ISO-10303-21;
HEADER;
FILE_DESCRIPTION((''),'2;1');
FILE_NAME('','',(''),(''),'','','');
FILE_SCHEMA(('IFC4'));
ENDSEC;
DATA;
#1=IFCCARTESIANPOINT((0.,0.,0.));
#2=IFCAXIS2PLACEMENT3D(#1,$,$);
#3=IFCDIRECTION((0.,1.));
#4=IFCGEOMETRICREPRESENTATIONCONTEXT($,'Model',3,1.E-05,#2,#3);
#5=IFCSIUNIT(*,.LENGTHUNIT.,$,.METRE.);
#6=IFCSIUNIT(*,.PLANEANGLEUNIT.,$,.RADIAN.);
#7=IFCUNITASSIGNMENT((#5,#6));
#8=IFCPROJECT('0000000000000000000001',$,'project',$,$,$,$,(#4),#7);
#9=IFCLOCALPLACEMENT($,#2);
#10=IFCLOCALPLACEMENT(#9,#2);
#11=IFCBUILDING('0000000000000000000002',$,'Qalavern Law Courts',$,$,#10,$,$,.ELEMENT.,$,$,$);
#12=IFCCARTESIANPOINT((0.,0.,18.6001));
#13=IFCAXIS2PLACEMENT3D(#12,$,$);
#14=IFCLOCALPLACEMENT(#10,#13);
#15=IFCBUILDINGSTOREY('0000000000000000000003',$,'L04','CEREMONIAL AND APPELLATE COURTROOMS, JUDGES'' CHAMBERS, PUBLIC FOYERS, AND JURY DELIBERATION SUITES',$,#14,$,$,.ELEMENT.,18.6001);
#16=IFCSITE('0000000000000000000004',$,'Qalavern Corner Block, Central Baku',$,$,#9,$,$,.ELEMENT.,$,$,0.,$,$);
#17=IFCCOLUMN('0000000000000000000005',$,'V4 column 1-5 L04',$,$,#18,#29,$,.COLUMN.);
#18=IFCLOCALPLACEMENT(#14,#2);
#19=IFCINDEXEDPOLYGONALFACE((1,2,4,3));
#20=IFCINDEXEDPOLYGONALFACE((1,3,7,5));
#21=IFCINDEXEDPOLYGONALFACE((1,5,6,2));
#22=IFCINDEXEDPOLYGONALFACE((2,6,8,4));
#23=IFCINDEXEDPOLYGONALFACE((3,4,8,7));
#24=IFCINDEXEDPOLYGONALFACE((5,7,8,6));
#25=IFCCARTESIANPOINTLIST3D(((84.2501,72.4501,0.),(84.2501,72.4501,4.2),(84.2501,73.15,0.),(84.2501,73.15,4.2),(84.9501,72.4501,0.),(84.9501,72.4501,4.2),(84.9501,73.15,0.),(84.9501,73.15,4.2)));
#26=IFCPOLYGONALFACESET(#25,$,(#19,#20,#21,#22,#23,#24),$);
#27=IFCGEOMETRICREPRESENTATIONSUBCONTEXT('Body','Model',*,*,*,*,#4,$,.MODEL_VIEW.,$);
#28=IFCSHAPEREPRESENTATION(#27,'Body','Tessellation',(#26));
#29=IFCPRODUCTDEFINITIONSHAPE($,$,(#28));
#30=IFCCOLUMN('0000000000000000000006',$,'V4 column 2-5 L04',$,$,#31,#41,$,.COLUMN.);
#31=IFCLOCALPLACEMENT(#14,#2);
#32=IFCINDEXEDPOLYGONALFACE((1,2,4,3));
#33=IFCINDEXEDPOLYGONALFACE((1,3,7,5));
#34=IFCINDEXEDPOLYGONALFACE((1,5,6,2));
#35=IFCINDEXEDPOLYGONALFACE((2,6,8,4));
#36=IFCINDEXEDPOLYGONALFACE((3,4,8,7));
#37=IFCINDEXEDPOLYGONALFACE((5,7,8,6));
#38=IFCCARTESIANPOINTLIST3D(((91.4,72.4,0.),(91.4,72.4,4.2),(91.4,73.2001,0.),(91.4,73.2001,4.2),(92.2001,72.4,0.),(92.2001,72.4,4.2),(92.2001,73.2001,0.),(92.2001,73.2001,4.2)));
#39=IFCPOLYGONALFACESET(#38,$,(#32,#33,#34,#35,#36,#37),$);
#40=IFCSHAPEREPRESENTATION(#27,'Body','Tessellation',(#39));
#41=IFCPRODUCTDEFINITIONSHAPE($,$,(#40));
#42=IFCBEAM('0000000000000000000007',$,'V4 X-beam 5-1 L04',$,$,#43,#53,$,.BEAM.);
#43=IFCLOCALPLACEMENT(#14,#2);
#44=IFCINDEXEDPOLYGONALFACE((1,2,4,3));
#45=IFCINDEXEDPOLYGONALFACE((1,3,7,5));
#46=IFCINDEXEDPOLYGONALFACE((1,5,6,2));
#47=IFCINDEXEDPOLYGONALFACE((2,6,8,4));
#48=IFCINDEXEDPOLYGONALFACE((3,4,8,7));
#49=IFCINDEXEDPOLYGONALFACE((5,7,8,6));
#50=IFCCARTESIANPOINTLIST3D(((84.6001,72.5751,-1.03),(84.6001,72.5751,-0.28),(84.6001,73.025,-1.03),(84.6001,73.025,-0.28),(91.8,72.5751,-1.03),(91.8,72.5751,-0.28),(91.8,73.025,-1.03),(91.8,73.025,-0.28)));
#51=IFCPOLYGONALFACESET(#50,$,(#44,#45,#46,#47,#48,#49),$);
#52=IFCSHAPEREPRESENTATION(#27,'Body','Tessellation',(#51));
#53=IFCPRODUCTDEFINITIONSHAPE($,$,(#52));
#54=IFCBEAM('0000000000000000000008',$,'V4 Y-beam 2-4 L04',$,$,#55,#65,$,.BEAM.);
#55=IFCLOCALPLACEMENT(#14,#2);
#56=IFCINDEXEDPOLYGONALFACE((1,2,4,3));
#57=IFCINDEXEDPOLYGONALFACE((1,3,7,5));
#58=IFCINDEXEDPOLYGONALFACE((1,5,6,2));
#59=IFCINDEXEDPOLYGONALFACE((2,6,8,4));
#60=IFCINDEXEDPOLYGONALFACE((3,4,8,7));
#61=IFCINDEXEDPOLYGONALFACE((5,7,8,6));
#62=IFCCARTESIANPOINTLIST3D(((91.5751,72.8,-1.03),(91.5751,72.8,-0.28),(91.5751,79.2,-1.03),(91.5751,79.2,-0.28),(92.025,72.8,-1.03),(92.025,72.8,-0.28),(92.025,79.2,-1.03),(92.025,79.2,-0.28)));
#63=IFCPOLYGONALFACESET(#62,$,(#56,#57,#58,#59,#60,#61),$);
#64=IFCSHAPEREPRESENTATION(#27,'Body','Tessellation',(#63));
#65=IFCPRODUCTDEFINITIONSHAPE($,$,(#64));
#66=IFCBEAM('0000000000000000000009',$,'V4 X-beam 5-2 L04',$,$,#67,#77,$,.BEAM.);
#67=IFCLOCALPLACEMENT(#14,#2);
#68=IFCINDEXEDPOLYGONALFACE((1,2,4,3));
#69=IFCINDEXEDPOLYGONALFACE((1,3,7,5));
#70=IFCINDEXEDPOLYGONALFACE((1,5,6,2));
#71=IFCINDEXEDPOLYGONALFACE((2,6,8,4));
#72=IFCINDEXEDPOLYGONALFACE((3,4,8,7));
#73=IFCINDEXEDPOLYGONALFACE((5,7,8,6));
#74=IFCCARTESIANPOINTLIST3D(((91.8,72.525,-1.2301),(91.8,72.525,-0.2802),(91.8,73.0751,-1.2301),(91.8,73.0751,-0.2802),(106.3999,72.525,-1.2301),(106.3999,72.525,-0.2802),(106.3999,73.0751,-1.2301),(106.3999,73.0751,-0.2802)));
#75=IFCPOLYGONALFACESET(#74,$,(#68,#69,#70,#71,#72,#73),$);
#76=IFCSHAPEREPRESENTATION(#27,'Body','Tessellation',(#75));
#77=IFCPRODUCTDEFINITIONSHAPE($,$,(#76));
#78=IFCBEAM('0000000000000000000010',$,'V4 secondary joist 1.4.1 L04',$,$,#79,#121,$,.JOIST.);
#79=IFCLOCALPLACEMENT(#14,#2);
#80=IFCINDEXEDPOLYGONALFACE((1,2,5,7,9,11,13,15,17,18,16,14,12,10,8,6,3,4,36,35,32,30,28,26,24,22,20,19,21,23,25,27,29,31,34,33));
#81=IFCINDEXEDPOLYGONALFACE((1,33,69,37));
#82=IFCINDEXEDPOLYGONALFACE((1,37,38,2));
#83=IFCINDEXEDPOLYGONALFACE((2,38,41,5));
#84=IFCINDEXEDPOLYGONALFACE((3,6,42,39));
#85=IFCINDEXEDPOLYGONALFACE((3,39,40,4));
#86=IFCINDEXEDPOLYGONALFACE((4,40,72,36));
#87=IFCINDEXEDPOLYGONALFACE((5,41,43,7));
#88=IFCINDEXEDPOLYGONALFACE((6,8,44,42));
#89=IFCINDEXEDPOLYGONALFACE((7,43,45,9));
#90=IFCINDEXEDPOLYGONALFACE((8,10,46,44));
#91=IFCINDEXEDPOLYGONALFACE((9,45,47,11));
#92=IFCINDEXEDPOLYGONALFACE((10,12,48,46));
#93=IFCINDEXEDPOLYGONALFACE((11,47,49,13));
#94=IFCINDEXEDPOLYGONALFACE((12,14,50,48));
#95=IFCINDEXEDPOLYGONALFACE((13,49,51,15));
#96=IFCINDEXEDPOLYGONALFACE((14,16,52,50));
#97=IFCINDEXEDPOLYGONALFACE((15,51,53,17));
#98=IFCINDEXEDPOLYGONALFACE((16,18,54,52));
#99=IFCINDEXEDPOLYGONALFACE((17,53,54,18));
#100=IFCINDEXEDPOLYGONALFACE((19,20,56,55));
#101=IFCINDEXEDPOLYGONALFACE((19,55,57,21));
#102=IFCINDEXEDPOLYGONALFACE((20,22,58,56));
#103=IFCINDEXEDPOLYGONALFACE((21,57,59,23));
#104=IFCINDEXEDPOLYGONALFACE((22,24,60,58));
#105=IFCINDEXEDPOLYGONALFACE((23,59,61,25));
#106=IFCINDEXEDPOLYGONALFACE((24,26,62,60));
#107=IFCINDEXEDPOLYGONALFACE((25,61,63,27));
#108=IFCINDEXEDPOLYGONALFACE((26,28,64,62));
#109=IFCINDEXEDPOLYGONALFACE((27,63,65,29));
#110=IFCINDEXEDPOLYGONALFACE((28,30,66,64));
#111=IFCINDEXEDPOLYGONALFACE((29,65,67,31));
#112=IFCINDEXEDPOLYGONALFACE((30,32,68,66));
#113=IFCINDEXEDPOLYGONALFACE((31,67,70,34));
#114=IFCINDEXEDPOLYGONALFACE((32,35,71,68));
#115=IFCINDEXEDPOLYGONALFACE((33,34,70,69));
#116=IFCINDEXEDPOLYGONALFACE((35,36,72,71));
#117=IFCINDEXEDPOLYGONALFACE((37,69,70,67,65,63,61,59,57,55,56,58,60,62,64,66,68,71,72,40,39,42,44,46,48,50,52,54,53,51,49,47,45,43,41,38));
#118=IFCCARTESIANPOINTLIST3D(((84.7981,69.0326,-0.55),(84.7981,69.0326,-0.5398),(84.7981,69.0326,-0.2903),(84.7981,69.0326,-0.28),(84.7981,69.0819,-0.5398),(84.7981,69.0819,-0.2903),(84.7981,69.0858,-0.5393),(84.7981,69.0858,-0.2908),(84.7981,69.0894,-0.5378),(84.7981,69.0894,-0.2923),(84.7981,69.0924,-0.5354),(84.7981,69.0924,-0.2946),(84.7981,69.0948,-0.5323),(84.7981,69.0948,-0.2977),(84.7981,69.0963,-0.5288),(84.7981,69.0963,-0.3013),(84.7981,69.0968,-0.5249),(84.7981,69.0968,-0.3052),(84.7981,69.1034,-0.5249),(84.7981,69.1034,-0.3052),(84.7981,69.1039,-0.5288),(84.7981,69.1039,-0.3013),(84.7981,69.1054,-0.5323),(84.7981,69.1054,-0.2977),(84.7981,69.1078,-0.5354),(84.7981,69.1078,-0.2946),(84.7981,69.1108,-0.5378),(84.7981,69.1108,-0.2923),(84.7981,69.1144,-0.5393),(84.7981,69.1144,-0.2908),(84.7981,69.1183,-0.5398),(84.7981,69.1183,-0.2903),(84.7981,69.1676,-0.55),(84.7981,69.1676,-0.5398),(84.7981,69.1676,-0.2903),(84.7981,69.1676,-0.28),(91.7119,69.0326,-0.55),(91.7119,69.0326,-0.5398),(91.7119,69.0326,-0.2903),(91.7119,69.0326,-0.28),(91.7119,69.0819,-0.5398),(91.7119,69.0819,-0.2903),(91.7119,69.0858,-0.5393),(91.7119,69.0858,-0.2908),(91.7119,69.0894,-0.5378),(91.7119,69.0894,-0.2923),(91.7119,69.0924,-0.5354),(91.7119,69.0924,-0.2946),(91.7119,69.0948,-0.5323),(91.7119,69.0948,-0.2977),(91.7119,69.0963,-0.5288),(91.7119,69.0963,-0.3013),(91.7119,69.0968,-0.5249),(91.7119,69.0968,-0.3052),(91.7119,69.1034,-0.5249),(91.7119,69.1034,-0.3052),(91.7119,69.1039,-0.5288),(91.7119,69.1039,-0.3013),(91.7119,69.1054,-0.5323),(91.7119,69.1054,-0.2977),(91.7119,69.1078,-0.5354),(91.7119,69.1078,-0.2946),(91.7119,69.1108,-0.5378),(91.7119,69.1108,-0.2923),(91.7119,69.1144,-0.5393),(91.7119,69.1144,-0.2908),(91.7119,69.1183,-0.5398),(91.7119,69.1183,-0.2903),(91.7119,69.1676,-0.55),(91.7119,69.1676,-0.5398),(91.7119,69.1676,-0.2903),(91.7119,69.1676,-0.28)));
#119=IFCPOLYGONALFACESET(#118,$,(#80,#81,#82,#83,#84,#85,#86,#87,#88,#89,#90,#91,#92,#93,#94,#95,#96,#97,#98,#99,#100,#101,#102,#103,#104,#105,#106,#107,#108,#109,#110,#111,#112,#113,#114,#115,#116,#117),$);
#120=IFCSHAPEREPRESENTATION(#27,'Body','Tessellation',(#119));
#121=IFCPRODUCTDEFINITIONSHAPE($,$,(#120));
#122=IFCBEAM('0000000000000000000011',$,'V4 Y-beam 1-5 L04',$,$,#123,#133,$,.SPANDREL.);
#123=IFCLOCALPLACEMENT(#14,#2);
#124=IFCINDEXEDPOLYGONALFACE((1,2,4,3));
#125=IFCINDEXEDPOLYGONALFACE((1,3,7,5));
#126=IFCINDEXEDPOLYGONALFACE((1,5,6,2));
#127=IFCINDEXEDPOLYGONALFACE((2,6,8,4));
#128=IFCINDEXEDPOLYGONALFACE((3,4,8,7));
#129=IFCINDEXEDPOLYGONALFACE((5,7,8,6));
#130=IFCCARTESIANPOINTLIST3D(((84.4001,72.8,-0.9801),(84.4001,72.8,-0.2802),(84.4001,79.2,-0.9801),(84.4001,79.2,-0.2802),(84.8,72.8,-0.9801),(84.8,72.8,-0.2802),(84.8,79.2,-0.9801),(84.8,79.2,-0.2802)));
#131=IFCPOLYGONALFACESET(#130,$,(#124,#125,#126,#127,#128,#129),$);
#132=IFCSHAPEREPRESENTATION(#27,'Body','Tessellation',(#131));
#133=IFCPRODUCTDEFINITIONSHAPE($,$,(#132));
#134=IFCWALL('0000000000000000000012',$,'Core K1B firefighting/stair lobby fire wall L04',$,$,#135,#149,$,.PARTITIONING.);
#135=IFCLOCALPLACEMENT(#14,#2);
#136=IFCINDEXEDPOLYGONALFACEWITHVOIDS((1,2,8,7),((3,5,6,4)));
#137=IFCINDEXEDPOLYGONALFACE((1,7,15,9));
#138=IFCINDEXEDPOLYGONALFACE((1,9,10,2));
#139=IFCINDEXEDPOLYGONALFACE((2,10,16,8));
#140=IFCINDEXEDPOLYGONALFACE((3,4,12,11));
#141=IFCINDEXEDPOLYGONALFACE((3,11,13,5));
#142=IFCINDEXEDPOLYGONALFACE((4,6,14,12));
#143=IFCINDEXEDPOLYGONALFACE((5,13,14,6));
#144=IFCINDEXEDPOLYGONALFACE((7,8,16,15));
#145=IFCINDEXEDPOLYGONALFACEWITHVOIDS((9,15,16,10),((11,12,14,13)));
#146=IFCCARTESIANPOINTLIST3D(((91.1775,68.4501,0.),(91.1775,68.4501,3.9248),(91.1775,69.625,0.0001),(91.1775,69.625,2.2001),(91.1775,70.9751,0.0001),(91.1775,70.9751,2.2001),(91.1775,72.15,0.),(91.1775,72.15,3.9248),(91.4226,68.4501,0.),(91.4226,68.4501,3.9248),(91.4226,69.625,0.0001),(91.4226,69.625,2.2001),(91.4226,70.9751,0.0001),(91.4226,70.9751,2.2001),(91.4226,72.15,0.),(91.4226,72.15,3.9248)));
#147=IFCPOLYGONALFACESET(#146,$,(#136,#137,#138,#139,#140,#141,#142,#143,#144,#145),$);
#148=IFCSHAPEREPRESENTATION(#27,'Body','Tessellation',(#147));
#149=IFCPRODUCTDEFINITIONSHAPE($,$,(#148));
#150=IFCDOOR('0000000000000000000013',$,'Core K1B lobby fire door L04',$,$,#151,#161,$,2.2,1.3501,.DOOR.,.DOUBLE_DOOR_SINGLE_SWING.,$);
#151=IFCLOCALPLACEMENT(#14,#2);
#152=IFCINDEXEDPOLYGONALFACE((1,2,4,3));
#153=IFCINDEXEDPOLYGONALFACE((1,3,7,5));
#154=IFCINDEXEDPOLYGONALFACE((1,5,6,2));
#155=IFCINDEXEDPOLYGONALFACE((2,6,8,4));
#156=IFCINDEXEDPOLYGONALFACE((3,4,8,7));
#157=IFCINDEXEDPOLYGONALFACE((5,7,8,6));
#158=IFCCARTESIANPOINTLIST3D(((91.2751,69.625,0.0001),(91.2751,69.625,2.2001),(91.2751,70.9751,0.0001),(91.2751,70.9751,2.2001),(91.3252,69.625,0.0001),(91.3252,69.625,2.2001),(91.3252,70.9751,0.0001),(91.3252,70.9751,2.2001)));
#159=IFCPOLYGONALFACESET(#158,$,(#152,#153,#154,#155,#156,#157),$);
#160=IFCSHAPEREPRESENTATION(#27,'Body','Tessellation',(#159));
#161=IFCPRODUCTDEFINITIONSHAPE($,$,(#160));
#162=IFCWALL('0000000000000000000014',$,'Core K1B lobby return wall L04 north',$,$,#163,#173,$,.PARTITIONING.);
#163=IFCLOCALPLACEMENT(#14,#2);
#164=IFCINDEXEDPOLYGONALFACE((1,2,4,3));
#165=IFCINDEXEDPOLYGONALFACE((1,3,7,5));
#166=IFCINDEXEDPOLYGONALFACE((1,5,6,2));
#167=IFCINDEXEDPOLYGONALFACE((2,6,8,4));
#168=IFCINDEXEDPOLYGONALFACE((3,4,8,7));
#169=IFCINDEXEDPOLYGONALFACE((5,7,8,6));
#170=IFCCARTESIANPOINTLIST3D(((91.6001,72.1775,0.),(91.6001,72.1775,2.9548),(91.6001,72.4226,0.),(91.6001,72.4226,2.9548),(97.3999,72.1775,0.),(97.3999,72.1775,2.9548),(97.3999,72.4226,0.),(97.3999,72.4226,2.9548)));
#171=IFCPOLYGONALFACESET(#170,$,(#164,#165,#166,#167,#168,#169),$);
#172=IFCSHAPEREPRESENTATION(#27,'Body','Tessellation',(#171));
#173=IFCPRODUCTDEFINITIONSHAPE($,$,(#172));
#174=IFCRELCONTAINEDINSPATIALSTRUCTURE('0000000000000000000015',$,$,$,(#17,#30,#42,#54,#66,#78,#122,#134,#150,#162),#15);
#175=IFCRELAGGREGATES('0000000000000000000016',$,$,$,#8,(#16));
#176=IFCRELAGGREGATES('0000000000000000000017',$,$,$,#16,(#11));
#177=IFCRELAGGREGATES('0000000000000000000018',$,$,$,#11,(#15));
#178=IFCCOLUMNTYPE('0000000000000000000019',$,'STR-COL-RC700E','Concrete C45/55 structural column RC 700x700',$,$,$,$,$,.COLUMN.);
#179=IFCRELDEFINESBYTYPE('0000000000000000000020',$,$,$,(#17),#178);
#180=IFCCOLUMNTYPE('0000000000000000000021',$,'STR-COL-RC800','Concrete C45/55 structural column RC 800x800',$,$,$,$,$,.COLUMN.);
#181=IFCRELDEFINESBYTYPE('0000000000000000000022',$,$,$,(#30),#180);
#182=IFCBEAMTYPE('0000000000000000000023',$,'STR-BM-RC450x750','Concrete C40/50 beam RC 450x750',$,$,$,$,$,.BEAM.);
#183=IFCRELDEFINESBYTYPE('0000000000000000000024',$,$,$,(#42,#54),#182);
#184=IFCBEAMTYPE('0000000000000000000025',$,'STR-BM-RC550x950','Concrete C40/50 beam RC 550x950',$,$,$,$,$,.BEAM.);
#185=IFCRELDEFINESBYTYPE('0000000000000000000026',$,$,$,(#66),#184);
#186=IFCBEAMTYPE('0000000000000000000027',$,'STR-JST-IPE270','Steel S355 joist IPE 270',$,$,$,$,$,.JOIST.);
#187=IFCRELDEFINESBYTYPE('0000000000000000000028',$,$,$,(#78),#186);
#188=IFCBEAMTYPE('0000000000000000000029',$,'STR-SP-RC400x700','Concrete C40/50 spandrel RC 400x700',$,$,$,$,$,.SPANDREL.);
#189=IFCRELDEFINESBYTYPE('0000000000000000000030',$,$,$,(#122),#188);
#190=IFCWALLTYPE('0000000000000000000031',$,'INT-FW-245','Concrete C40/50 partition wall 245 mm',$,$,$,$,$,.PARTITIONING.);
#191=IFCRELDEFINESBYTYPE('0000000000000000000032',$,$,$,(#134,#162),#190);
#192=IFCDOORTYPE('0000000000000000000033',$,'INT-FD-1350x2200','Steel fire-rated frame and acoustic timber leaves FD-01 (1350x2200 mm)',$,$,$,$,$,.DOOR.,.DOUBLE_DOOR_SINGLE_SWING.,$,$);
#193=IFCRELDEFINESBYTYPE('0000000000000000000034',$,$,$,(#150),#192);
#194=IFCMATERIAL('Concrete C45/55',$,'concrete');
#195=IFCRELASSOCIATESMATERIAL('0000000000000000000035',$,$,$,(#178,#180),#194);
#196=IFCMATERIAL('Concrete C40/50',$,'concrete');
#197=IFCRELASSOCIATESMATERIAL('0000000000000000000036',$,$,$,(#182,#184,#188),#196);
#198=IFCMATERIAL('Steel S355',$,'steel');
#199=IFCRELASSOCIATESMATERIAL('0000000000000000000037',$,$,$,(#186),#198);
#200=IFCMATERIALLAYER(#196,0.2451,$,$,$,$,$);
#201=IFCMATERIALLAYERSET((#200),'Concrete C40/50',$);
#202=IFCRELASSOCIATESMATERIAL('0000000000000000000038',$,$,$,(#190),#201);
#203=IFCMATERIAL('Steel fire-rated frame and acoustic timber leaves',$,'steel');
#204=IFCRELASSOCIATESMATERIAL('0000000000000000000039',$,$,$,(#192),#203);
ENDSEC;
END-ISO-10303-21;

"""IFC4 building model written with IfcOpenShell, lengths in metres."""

from ifc_helpers import new_model, si_unit, direction, frame, frame_2d, origin, origin_2d, place, context, subcontext, project, spatial, rectangle, i_section, extrude, material, layer, layer_set, material_profile, profile_set, type_object, element, fill, save


model = new_model("IFC4")

# Units and contexts
model_context = context("Model", 3, precision=1e-05, world=origin(), true_north=direction((0.0, 1.0)))
body_context = subcontext(model_context, "Body", "Model", "MODEL_VIEW")
ifc_project = project(units=[si_unit("LENGTHUNIT", "METRE"), si_unit("PLANEANGLEUNIT", "RADIAN")], contexts=[model_context])

# Site, building, storey
site_placement = place(None, origin())
site = spatial("IfcSite", under=ifc_project, at=site_placement, Name="Qalavern Corner Block, Central Baku", CompositionType="ELEMENT", RefElevation=0.0)
building_placement = place(site_placement, origin())
building = spatial("IfcBuilding", under=site, at=building_placement, Name="Qalavern Law Courts", CompositionType="ELEMENT")
storey_placement = place(building_placement, frame((0.0, 0.0, 18.6001)))
storey = spatial("IfcBuildingStorey", under=building, at=storey_placement, Name="L04", Description="CEREMONIAL AND APPELLATE COURTROOMS, JUDGES' CHAMBERS, PUBLIC FOYERS, AND JURY DELIBERATION SUITES", CompositionType="ELEMENT", Elevation=18.6001)

# Columns
ifc_material_1 = material(Name="Concrete C45/55", Category="concrete")
ifc_material_profile_1 = material_profile(ifc_material_1, rectangle(XDim=0.7, YDim=0.7, at=origin_2d()), Name="RC 700x700")
ifc_profile_set_1 = profile_set([ifc_material_profile_1], Name="Concrete C45/55")
column_type_1 = type_object("IfcColumnType", Name="STR-COL-RC700E", Description="Concrete C45/55 structural column RC 700x700", PredefinedType="COLUMN", material=ifc_profile_set_1)
column_1_placement = place(storey_placement, frame((84.6001, 72.8, 0.0), z_axis=(0.0, 0.0, 1.0), x_axis=(1.0, 0.0, 0.0)))
element("IfcColumn", 1, at=column_1_placement, inside=storey, type_object=column_type_1, Name="V4 column 1-5 L04", PredefinedType="COLUMN", context=body_context, shape_type="SweptSolid", body=[
    extrude(rectangle(XDim=0.7, YDim=0.7, at=origin_2d()), origin(), (0.0, 0.0, 1.0), 4.2),
])
ifc_material_profile_2 = material_profile(ifc_material_1, rectangle(XDim=0.8, YDim=0.8, at=origin_2d()), Name="RC 800x800")
ifc_profile_set_2 = profile_set([ifc_material_profile_2], Name="Concrete C45/55")
column_type_2 = type_object("IfcColumnType", Name="STR-COL-RC800", Description="Concrete C45/55 structural column RC 800x800", PredefinedType="COLUMN", material=ifc_profile_set_2)
column_2_placement = place(storey_placement, frame((91.8, 72.8, 0.0), z_axis=(0.0, 0.0, 1.0), x_axis=(1.0, 0.0, 0.0)))
element("IfcColumn", 2, at=column_2_placement, inside=storey, type_object=column_type_2, Name="V4 column 2-5 L04", PredefinedType="COLUMN", context=body_context, shape_type="SweptSolid", body=[
    extrude(rectangle(XDim=0.8, YDim=0.8, at=origin_2d()), origin(), (0.0, 0.0, 1.0), 4.2),
])

# Beams
ifc_material_2 = material(Name="Concrete C40/50", Category="concrete")
ifc_material_profile_3 = material_profile(ifc_material_2, rectangle(XDim=0.45, YDim=0.75, at=origin_2d()), Name="RC 450x750")
ifc_profile_set_3 = profile_set([ifc_material_profile_3], Name="Concrete C40/50")
beam_type_1 = type_object("IfcBeamType", Name="STR-BM-RC450x750", Description="Concrete C40/50 beam RC 450x750", PredefinedType="BEAM", material=ifc_profile_set_3)
beam_1_placement = place(storey_placement, frame((84.6001, 72.8, -0.655), z_axis=(1.0, 0.0, 0.0), x_axis=(0.0, 1.0, 0.0)))
element("IfcBeam", 3, at=beam_1_placement, inside=storey, type_object=beam_type_1, Name="V4 X-beam 5-1 L04", PredefinedType="BEAM", context=body_context, shape_type="SweptSolid", body=[
    extrude(rectangle(XDim=0.45, YDim=0.75, at=origin_2d()), origin(), (0.0, 0.0, 1.0), 7.2),
])
beam_2_placement = place(storey_placement, frame((91.8, 72.8, -0.655), z_axis=(0.0, 1.0, 0.0), x_axis=(-1.0, 0.0, 0.0)))
element("IfcBeam", 4, at=beam_2_placement, inside=storey, type_object=beam_type_1, Name="V4 Y-beam 2-4 L04", PredefinedType="BEAM", context=body_context, shape_type="SweptSolid", body=[
    extrude(rectangle(XDim=0.45, YDim=0.75, at=origin_2d()), origin(), (0.0, 0.0, 1.0), 6.3999),
])
ifc_material_profile_4 = material_profile(ifc_material_2, rectangle(XDim=0.55, YDim=0.95, at=origin_2d()), Name="RC 550x950")
ifc_profile_set_4 = profile_set([ifc_material_profile_4], Name="Concrete C40/50")
beam_type_2 = type_object("IfcBeamType", Name="STR-BM-RC550x950", Description="Concrete C40/50 beam RC 550x950", PredefinedType="BEAM", material=ifc_profile_set_4)
beam_3_placement = place(storey_placement, frame((91.8, 72.8, -0.7551), z_axis=(1.0, 0.0, 0.0), x_axis=(0.0, 1.0, 0.0)))
element("IfcBeam", 5, at=beam_3_placement, inside=storey, type_object=beam_type_2, Name="V4 X-beam 5-2 L04", PredefinedType="BEAM", context=body_context, shape_type="SweptSolid", body=[
    extrude(rectangle(XDim=0.55, YDim=0.95, at=origin_2d()), origin(), (0.0, 0.0, 1.0), 14.5999),
])
ifc_material_3 = material(Name="Steel S355", Category="steel")
ifc_material_profile_5 = material_profile(ifc_material_3, i_section(OverallWidth=0.135, OverallDepth=0.27, WebThickness=0.0066, FlangeThickness=0.0103, FilletRadius=0.0149, at=origin_2d()), Name="IPE 270")
ifc_profile_set_5 = profile_set([ifc_material_profile_5], Name="Steel S355")
beam_type_3 = type_object("IfcBeamType", Name="STR-JST-IPE270", Description="Steel S355 joist IPE 270", PredefinedType="JOIST", material=ifc_profile_set_5)
beam_4_placement = place(storey_placement, frame((84.7981, 69.1001, -0.415), z_axis=(1.0, 0.0, 0.0), x_axis=(0.0, 1.0, 0.0)))
element("IfcBeam", 6, at=beam_4_placement, inside=storey, type_object=beam_type_3, Name="V4 secondary joist 1.4.1 L04", PredefinedType="JOIST", context=body_context, shape_type="SweptSolid", body=[
    extrude(i_section(OverallWidth=0.135, OverallDepth=0.27, WebThickness=0.0066, FlangeThickness=0.0103, FilletRadius=0.0149, at=origin_2d()), origin(), (0.0, 0.0, 1.0), 6.9138),
])
ifc_material_profile_6 = material_profile(ifc_material_2, rectangle(XDim=0.3999, YDim=0.7, at=origin_2d()), Name="RC 400x700")
ifc_profile_set_6 = profile_set([ifc_material_profile_6], Name="Concrete C40/50")
beam_type_4 = type_object("IfcBeamType", Name="STR-SP-RC400x700", Description="Concrete C40/50 spandrel RC 400x700", PredefinedType="SPANDREL", material=ifc_profile_set_6)
beam_5_placement = place(storey_placement, frame((84.6001, 72.8, -0.6301), z_axis=(0.0, 1.0, 0.0), x_axis=(-1.0, 0.0, 0.0)))
element("IfcBeam", 7, at=beam_5_placement, inside=storey, type_object=beam_type_4, Name="V4 Y-beam 1-5 L04", PredefinedType="SPANDREL", context=body_context, shape_type="SweptSolid", body=[
    extrude(rectangle(XDim=0.3999, YDim=0.7, at=origin_2d()), origin(), (0.0, 0.0, 1.0), 6.3999),
])

# Wall, opening, door
ifc_layer_1 = layer(ifc_material_2, 0.2451)
ifc_layer_set_1 = layer_set([ifc_layer_1], Name="Concrete C40/50")
wall_type_1 = type_object("IfcWallType", Name="INT-FW-245", Description="Concrete C40/50 partition wall 245 mm", PredefinedType="PARTITIONING", material=ifc_layer_set_1)
wall_1_placement = place(storey_placement, frame((91.3, 68.45, 0.0), z_axis=(0.0, 0.0, 1.0), x_axis=(0.0, 1.0, 0.0)))
wall_1 = element("IfcWall", 8, at=wall_1_placement, inside=storey, type_object=wall_type_1, Name="Core K1B firefighting/stair lobby fire wall L04", PredefinedType="PARTITIONING", context=body_context, shape_type="SweptSolid", body=[
    extrude(rectangle(XDim=3.7, YDim=0.2451, at=frame_2d((1.8501, 0.0))), origin(), (0.0, 0.0, 1.0), 3.9248),
])
opening_1_placement = place(wall_1_placement, frame((1.175, 0.0, 0.0)))
opening_1 = element("IfcOpeningElement", 9, at=opening_1_placement, cuts=wall_1, PredefinedType="OPENING", context=body_context, shape_type="SweptSolid", body=[
    extrude(rectangle(XDim=1.3501, YDim=2.2, at=frame_2d((0.675, 1.1001))), frame((0.0, 0.1375, 0.0), z_axis=(0.0, -1.0, 0.0), x_axis=(1.0, 0.0, 0.0)), (0.0, 0.0, 1.0), 0.2749),
])
ifc_material_4 = material(Name="Steel fire-rated frame and acoustic timber leaves", Category="steel")
door_type_1 = type_object("IfcDoorType", Name="INT-FD-1350x2200", Description="Steel fire-rated frame and acoustic timber leaves FD-01 (1350x2200 mm)", OperationType="DOUBLE_DOOR_SINGLE_SWING", PredefinedType="DOOR", material=ifc_material_4)
door_1_placement = place(opening_1_placement, origin())
door_1 = element("IfcDoor", 10, at=door_1_placement, inside=storey, type_object=door_type_1, Name="Core K1B lobby fire door L04", OperationType="DOUBLE_DOOR_SINGLE_SWING", OverallHeight=2.2, OverallWidth=1.3501, PredefinedType="DOOR", context=body_context, shape_type="SweptSolid", body=[
    extrude(rectangle(XDim=1.3501, YDim=2.2, at=frame_2d((0.675, 1.1001))), frame((0.0, 0.0249, 0.0), z_axis=(0.0, -1.0, 0.0), x_axis=(1.0, 0.0, 0.0)), (0.0, 0.0, 1.0), 0.05),
])
fill(opening_1, door_1)

# Wall
wall_2_placement = place(storey_placement, frame((91.6001, 72.3, 0.0), z_axis=(0.0, 0.0, 1.0), x_axis=(1.0, 0.0, 0.0)))
element("IfcWall", 11, at=wall_2_placement, inside=storey, type_object=wall_type_1, Name="Core K1B lobby return wall L04 north", PredefinedType="PARTITIONING", context=body_context, shape_type="SweptSolid", body=[
    extrude(rectangle(XDim=5.7998, YDim=0.2451, at=frame_2d((2.8999, 0.0))), origin(), (0.0, 0.0, 1.0), 2.9548),
])

save(model, "model.ifc")
